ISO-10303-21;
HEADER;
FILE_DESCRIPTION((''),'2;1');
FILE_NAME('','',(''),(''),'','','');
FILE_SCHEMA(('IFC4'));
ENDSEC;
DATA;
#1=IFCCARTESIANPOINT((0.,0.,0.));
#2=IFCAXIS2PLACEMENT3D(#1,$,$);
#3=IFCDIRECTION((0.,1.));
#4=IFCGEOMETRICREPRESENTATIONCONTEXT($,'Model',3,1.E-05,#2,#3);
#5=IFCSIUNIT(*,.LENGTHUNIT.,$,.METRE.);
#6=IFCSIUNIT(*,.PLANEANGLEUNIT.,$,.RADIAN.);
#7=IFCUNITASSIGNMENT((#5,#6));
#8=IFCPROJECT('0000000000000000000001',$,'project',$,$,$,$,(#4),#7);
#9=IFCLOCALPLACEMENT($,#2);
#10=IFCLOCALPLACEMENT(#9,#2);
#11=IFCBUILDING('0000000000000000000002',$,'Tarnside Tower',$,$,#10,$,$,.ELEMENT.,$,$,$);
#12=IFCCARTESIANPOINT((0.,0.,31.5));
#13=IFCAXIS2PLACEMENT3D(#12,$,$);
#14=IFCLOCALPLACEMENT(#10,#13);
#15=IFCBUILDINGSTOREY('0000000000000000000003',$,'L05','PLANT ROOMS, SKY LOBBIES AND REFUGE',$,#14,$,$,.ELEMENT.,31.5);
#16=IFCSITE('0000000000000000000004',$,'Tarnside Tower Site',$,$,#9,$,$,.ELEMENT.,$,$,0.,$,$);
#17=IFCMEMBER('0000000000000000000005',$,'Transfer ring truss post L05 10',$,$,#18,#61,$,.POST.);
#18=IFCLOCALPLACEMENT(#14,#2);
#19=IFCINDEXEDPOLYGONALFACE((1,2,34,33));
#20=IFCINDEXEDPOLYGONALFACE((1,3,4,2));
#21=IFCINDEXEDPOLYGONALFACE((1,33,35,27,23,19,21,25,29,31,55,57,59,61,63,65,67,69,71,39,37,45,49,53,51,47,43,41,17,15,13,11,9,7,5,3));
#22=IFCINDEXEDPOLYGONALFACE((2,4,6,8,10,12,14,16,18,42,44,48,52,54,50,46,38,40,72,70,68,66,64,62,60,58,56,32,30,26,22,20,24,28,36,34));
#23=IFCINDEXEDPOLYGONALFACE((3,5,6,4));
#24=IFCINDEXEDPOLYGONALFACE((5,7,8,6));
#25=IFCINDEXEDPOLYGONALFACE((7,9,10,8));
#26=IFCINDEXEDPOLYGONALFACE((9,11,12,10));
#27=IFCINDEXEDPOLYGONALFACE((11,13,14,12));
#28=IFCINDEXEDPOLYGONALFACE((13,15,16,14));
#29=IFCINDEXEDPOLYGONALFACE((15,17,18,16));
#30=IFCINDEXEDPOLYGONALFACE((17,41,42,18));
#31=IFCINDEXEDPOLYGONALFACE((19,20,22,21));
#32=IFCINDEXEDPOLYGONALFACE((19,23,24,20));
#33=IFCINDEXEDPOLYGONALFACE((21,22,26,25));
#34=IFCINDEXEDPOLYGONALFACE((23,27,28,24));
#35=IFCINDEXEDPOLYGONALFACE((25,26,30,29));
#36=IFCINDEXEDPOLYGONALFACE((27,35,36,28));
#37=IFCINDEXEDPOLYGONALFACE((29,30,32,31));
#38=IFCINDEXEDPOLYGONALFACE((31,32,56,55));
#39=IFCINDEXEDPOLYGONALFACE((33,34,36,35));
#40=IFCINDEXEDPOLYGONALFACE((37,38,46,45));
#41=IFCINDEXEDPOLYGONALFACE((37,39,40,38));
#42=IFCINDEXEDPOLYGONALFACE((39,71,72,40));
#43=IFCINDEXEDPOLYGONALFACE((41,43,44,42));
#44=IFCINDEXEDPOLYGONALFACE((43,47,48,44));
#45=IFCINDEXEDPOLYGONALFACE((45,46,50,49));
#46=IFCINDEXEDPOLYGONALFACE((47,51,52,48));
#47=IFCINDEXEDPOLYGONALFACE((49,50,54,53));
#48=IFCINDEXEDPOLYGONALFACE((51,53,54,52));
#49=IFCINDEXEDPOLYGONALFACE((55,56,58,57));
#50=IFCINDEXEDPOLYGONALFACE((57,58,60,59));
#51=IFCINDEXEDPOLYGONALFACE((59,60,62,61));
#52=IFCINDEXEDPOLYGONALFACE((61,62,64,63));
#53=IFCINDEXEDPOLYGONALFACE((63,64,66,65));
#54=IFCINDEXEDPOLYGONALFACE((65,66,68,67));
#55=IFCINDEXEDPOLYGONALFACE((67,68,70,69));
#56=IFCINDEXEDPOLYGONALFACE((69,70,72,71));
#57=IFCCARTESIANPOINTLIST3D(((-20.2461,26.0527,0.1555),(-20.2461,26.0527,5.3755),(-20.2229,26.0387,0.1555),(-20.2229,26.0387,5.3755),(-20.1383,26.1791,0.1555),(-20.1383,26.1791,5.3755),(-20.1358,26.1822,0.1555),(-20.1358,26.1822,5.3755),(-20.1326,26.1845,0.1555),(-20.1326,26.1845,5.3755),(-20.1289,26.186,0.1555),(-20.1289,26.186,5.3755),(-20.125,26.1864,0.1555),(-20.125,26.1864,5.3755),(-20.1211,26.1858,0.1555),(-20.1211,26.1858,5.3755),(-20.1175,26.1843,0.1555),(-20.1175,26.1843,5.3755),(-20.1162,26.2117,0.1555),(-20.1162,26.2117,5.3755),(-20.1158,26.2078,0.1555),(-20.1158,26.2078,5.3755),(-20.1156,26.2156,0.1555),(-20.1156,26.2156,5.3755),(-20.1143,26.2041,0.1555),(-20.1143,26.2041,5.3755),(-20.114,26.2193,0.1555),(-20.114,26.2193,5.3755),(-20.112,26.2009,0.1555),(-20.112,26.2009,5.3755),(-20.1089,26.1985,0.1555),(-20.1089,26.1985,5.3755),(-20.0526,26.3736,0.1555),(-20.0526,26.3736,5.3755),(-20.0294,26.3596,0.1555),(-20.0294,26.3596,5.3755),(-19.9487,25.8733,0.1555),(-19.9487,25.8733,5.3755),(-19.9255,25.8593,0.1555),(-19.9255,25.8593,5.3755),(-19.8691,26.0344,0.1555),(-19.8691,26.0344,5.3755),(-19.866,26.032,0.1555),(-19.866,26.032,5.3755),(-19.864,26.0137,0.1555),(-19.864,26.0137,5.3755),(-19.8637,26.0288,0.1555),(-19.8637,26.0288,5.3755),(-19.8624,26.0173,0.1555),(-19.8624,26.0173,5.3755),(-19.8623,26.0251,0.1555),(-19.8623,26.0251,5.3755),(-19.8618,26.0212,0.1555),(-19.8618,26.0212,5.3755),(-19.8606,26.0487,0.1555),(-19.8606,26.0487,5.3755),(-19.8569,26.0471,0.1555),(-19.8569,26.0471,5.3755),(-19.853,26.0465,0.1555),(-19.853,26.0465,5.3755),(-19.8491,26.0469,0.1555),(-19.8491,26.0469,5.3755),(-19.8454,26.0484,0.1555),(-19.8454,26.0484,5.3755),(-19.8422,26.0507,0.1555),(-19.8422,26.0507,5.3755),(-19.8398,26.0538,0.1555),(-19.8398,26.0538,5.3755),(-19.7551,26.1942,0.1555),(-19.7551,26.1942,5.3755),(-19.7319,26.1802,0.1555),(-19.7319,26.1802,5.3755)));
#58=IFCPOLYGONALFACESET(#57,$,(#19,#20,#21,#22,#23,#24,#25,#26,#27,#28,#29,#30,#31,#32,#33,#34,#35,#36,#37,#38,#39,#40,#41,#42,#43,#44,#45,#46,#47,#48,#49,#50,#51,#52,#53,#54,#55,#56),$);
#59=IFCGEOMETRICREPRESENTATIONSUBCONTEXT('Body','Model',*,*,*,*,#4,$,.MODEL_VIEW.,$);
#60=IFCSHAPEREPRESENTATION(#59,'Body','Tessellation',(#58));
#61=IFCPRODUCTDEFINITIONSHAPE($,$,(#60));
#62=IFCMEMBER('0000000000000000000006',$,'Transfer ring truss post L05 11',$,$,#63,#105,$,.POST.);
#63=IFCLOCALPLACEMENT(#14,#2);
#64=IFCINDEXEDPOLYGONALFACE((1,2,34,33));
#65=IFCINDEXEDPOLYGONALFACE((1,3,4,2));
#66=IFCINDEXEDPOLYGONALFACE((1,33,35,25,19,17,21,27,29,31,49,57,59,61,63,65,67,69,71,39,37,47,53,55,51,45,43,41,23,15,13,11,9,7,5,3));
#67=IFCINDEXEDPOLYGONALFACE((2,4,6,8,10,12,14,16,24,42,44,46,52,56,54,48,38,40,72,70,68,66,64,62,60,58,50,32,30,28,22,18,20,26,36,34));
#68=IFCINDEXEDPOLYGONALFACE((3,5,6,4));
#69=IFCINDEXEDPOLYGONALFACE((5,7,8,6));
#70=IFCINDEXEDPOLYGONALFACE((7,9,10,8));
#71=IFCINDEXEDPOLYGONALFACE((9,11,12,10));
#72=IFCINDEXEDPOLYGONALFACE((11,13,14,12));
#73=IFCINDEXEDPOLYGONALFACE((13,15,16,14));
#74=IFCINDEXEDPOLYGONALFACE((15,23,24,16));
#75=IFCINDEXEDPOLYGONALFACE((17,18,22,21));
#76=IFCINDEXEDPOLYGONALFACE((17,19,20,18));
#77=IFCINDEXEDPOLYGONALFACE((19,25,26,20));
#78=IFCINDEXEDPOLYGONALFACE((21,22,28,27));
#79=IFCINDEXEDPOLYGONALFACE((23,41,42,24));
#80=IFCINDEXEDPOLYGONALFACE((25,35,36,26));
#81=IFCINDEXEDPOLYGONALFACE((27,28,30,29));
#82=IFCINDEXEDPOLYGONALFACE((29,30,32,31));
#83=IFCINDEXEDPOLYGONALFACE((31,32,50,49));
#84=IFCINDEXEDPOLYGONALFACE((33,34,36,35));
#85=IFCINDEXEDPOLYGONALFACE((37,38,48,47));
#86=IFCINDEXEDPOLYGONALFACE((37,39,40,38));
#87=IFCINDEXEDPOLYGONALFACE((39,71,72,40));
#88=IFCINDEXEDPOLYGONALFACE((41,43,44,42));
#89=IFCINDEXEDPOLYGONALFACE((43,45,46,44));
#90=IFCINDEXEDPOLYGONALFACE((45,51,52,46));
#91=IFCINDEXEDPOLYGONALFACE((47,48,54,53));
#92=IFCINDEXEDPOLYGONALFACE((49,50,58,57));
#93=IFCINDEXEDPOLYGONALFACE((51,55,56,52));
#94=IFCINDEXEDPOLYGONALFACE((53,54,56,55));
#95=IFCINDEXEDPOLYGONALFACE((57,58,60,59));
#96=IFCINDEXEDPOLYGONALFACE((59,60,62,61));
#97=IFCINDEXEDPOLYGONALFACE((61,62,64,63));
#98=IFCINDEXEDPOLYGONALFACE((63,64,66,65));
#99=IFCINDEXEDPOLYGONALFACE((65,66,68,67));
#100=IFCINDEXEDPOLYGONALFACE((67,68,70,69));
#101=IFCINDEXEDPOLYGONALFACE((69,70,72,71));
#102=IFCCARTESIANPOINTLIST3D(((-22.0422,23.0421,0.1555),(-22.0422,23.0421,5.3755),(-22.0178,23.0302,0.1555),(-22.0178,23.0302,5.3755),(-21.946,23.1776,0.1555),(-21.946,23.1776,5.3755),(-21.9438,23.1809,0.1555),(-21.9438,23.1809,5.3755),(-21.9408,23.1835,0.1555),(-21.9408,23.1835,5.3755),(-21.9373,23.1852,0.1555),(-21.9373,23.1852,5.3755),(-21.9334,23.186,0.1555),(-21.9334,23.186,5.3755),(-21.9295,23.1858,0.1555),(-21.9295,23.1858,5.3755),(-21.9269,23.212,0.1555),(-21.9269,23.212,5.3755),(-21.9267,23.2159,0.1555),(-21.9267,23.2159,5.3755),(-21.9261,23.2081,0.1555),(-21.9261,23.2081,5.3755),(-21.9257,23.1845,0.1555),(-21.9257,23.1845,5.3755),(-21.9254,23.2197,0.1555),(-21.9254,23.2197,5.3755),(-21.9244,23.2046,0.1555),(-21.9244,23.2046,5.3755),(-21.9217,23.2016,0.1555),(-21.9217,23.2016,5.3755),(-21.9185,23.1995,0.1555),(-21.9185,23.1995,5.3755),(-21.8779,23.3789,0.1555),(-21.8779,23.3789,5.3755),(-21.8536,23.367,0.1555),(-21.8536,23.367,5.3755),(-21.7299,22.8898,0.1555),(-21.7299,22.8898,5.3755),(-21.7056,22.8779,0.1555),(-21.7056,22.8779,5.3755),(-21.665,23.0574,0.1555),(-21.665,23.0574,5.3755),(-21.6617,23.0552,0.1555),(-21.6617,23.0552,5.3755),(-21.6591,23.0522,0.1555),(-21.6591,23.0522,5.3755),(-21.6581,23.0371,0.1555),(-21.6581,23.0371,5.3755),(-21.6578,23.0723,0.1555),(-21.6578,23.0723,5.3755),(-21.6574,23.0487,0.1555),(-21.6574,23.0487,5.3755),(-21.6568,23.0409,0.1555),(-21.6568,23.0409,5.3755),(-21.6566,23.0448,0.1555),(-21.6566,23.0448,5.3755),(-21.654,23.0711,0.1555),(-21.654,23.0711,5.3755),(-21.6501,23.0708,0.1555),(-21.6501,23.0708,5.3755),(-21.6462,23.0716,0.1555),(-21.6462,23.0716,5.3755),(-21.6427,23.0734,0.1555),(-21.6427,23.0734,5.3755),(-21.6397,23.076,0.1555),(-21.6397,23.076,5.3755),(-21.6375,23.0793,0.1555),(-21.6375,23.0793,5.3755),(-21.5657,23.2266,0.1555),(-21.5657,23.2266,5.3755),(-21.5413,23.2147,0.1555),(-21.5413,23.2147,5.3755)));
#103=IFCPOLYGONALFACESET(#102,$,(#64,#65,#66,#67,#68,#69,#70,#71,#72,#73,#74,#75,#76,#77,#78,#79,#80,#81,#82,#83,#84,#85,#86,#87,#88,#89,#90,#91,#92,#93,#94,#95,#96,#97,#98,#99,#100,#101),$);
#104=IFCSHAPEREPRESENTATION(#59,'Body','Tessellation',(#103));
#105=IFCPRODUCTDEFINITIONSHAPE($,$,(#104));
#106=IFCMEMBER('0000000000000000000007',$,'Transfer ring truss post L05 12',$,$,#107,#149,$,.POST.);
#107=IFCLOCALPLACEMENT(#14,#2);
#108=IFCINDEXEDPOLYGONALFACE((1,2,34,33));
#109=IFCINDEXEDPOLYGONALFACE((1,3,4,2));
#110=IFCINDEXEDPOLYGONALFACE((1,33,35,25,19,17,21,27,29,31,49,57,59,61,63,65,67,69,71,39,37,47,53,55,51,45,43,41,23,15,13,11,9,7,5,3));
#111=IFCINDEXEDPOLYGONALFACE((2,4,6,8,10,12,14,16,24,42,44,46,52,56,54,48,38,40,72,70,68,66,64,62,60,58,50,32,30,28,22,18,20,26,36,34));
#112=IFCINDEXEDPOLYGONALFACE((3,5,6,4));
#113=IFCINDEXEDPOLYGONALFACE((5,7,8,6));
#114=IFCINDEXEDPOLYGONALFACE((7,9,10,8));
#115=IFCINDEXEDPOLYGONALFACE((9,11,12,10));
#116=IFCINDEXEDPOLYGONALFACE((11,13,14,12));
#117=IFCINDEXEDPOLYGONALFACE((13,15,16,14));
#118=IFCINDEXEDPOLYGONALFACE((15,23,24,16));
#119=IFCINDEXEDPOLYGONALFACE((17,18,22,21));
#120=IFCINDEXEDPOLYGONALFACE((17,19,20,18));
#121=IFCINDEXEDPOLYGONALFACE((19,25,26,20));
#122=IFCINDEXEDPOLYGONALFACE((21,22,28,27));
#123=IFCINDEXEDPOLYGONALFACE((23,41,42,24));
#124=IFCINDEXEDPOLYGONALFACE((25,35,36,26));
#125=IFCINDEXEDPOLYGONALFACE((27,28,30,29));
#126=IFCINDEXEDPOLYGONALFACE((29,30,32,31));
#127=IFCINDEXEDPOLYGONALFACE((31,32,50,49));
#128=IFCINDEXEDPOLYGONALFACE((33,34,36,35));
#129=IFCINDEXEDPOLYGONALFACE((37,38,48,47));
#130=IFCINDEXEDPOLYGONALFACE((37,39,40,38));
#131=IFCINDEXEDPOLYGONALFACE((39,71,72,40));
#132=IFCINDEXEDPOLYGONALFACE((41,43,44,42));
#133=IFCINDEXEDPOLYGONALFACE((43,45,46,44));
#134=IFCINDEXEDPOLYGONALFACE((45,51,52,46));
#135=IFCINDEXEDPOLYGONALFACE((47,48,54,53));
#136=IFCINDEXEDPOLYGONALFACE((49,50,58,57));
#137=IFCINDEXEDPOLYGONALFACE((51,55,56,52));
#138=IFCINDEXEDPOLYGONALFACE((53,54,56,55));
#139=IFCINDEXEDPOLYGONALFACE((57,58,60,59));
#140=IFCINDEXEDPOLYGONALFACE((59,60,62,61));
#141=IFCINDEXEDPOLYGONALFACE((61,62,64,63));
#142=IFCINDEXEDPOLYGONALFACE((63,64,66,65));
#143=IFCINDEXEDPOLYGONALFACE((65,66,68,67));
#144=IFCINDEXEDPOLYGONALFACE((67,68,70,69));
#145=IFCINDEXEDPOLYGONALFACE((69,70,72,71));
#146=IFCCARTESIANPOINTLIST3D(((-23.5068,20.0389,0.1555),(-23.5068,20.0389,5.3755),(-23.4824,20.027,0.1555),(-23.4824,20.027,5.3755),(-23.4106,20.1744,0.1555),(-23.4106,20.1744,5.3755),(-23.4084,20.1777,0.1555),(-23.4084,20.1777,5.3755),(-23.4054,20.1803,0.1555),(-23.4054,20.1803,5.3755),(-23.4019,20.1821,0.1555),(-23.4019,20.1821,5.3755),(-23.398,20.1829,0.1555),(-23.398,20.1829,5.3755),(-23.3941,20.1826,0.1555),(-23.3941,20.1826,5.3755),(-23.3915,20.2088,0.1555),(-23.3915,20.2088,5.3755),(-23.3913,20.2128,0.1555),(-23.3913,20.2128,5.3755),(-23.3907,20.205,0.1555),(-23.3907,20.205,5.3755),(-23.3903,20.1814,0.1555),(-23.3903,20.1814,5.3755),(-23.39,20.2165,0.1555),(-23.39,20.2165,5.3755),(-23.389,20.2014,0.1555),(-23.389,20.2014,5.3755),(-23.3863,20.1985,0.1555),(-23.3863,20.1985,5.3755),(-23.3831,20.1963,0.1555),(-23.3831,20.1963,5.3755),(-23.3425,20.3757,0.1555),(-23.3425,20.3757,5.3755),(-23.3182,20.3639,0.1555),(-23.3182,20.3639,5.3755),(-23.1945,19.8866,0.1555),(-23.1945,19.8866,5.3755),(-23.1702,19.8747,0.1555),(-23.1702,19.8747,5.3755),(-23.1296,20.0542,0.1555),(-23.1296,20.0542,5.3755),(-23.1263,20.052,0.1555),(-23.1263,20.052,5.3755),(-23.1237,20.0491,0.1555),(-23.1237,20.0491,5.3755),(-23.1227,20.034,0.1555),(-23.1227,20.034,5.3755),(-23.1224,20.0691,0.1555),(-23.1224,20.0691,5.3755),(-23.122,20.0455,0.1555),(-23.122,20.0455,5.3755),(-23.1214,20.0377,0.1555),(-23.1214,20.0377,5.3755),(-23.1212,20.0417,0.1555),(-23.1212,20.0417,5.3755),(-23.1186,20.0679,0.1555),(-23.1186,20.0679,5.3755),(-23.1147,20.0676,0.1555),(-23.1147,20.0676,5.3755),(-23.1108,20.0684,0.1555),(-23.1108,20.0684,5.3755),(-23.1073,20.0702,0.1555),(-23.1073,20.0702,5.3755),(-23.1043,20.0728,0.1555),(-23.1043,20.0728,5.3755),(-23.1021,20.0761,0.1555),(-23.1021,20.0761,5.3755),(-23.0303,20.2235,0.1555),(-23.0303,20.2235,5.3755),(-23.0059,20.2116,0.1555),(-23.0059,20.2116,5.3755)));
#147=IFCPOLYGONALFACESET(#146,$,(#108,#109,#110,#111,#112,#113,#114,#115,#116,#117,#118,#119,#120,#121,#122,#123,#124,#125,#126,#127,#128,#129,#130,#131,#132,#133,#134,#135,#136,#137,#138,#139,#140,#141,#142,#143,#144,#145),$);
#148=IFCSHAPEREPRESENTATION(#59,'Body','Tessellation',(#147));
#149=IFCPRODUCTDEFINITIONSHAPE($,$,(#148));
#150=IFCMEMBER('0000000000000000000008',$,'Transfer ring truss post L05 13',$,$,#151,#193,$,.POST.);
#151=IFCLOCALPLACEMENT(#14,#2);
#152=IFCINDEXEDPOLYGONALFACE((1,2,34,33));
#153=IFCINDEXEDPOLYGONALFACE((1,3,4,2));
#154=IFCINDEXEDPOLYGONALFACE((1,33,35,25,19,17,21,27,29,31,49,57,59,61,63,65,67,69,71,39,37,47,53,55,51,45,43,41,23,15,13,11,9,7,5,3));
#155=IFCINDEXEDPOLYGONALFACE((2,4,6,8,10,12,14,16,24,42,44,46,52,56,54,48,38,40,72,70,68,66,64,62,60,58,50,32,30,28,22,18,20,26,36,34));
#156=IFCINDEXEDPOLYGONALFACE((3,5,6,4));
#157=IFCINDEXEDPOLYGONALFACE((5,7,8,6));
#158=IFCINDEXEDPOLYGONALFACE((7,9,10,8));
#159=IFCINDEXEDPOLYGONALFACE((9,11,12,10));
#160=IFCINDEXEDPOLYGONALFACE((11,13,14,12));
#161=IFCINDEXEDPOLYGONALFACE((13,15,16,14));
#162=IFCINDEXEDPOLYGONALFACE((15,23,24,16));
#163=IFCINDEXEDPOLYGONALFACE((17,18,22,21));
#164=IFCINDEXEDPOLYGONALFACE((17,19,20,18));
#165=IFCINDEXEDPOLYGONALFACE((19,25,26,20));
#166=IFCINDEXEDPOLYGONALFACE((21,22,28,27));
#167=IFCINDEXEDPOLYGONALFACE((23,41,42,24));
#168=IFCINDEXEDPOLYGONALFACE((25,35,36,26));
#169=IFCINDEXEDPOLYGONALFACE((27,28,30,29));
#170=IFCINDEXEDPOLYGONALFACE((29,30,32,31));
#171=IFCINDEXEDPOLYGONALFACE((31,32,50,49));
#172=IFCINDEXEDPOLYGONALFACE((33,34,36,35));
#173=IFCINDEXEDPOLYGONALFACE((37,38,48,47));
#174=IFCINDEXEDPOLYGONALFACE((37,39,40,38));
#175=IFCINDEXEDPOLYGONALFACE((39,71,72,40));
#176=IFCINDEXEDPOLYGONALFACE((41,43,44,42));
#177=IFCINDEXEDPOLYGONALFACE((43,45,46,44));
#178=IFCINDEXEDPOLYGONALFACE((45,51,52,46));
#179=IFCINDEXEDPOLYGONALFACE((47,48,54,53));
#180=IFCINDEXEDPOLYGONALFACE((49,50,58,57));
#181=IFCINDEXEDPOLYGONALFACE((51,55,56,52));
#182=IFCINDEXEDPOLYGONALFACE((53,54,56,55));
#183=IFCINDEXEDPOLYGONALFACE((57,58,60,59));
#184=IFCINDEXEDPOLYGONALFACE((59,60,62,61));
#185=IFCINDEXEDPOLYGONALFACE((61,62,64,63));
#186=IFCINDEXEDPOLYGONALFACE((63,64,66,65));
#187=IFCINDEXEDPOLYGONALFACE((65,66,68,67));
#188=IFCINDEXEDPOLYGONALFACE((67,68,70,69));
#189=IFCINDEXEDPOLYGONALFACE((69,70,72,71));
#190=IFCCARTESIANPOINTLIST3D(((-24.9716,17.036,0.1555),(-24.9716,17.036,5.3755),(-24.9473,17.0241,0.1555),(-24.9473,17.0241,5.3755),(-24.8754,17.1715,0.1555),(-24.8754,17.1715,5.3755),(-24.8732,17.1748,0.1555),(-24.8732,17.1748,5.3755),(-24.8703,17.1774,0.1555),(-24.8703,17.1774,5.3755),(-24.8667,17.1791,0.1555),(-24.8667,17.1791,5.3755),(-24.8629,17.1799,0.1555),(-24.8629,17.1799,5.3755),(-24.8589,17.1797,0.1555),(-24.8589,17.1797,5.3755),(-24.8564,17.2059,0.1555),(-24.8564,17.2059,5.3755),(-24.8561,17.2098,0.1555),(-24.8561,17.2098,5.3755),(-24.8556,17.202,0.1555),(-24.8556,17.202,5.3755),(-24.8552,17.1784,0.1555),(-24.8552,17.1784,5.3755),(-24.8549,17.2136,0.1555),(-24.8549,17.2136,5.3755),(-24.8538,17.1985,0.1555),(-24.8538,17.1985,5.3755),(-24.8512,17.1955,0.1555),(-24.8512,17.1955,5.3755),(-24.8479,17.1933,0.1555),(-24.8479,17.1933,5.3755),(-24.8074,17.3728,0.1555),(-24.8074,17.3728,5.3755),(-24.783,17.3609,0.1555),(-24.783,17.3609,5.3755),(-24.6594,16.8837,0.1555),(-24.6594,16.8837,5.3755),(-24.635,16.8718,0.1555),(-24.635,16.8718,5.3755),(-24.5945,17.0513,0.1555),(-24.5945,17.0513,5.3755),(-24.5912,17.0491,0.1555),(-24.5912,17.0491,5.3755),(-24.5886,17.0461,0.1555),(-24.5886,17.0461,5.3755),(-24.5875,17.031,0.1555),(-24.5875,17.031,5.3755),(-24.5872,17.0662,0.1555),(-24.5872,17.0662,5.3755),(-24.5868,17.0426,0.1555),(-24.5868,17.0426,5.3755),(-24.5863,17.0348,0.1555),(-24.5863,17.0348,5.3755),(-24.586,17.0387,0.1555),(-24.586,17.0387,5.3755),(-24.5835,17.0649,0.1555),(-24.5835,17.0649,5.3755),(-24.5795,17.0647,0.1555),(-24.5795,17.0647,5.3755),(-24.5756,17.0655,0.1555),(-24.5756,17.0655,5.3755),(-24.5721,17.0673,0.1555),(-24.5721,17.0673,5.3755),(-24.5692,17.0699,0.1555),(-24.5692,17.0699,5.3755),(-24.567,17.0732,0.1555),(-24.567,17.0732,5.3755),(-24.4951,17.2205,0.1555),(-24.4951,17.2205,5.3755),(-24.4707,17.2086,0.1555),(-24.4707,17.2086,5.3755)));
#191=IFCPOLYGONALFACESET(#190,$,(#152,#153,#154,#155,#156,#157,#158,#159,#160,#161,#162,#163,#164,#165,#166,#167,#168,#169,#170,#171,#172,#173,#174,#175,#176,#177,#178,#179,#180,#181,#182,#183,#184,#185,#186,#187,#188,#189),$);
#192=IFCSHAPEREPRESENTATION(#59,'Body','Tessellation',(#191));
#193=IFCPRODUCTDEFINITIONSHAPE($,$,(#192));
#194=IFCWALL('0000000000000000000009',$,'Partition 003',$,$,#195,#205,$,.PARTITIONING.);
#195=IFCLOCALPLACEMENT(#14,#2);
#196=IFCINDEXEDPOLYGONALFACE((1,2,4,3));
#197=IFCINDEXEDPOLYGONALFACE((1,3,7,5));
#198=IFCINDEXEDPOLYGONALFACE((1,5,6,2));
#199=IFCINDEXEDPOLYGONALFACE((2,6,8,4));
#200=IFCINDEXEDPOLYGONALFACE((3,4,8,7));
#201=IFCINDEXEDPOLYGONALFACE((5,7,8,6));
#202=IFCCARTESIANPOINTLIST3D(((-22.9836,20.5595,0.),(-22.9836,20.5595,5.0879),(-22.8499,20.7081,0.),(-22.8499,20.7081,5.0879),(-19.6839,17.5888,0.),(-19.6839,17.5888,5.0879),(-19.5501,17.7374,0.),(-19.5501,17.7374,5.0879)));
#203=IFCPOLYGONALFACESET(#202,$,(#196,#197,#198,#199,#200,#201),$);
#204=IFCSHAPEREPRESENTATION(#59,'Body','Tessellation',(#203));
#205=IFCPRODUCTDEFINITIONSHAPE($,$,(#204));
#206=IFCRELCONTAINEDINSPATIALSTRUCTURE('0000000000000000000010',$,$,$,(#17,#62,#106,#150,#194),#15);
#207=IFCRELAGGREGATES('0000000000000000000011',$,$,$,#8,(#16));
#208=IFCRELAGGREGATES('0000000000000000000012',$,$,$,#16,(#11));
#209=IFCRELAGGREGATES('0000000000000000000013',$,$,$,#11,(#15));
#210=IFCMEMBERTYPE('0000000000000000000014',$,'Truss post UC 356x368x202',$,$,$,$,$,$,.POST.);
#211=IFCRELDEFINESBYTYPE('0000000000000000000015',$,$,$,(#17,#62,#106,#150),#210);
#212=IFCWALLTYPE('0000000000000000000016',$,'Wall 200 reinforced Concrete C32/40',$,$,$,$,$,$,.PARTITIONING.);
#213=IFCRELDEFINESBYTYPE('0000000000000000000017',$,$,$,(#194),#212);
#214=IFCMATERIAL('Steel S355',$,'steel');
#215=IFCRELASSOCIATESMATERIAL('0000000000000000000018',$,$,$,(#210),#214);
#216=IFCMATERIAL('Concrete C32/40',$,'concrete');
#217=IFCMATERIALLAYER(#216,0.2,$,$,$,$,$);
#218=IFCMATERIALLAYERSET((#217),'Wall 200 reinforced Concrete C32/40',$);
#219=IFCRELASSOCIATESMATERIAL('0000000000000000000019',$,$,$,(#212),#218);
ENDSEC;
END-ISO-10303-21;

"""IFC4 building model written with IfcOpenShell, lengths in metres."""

from ifc_helpers import new_model, si_unit, direction, frame, frame_2d, origin, origin_2d, place, context, subcontext, project, spatial, rectangle, i_section, extrude, material, layer, layer_set, material_profile, profile_set, type_object, element, save


model = new_model("IFC4")

# Units and contexts
model_context = context("Model", 3, precision=1e-05, world=origin(), true_north=direction((0.0, 1.0)))
body_context = subcontext(model_context, "Body", "Model", "MODEL_VIEW")
ifc_project = project(units=[si_unit("LENGTHUNIT", "METRE"), si_unit("PLANEANGLEUNIT", "RADIAN")], contexts=[model_context])

# Site, building, storey
site_placement = place(None, origin())
site = spatial("IfcSite", under=ifc_project, at=site_placement, Name="Tarnside Tower Site", CompositionType="ELEMENT", RefElevation=0.0)
building_placement = place(site_placement, origin())
building = spatial("IfcBuilding", under=site, at=building_placement, Name="Tarnside Tower", CompositionType="ELEMENT")
storey_placement = place(building_placement, frame((0.0, 0.0, 31.5)))
storey = spatial("IfcBuildingStorey", under=building, at=storey_placement, Name="L05", Description="PLANT ROOMS, SKY LOBBIES AND REFUGE", CompositionType="ELEMENT", Elevation=31.5)

# Shared definitions
ifc_material_1 = material(Name="Steel S355", Category="steel")

# Members
ifc_material_profile_1 = material_profile(ifc_material_1, i_section(OverallWidth=0.3748, OverallDepth=0.3745, WebThickness=0.0166, FlangeThickness=0.0271, FilletRadius=0.0151, at=origin_2d()), Name="UC 356x368x202")
ifc_profile_set_1 = profile_set([ifc_material_profile_1], Name="Steel S355")
member_type_1 = type_object("IfcMemberType", Name="Truss post UC 356x368x202", PredefinedType="POST", material=ifc_profile_set_1)
for number, where, z_axis, x_axis, name in (
    (1, (-19.989, 26.1165, 0.1555), (0.0, 0.0, 1.0), (-0.516556, -0.856253, 0.0), "Transfer ring truss post L05 10"),
    (2, (-21.7917, 23.1284, 0.1555), (0.0, 0.0, 1.0), (-0.438371, -0.898794, 0.0), "Transfer ring truss post L05 11"),
    (3, (-23.2563, 20.1252, 0.1555), (0.0, 0.0, 1.0), (-0.438371, -0.898794, 0.0), "Transfer ring truss post L05 12"),
    (4, (-24.7212, 17.1223, 0.1555), (0.0, 0.0, 1.0), (-0.438371, -0.898794, 0.0), "Transfer ring truss post L05 13"),
):
    element("IfcMember", number, at=place(storey_placement, frame(where, z_axis=z_axis, x_axis=x_axis)), inside=storey, type_object=member_type_1, Name=name, PredefinedType="POST", context=body_context, shape_type="SweptSolid", body=[
        extrude(i_section(OverallWidth=0.3748, OverallDepth=0.3745, WebThickness=0.0166, FlangeThickness=0.0271, FilletRadius=0.0151, at=origin_2d()), origin(), (0.0, 0.0, 1.0), 5.22),
    ])

# Wall
ifc_material_2 = material(Name="Concrete C32/40", Category="concrete")
ifc_layer = layer(ifc_material_2, 0.2)
ifc_layer_set = layer_set([ifc_layer], Name="Wall 200 reinforced Concrete C32/40")
wall_type = type_object("IfcWallType", Name="Wall 200 reinforced Concrete C32/40", PredefinedType="PARTITIONING", material=ifc_layer_set)
wall_placement = place(storey_placement, frame((-22.9167, 20.6338, 0.0), z_axis=(0.0, 0.0, 1.0), x_axis=(0.743196, -0.669074, 0.0)))
element("IfcWall", 5, at=wall_placement, inside=storey, type_object=wall_type, Name="Partition 003", PredefinedType="PARTITIONING", context=body_context, shape_type="SweptSolid", body=[
    extrude(rectangle(XDim=4.4399, YDim=0.2, at=frame_2d((2.22, 0.0))), origin(), (0.0, 0.0, 1.0), 5.0879),
])

save(model, "model.ifc")
